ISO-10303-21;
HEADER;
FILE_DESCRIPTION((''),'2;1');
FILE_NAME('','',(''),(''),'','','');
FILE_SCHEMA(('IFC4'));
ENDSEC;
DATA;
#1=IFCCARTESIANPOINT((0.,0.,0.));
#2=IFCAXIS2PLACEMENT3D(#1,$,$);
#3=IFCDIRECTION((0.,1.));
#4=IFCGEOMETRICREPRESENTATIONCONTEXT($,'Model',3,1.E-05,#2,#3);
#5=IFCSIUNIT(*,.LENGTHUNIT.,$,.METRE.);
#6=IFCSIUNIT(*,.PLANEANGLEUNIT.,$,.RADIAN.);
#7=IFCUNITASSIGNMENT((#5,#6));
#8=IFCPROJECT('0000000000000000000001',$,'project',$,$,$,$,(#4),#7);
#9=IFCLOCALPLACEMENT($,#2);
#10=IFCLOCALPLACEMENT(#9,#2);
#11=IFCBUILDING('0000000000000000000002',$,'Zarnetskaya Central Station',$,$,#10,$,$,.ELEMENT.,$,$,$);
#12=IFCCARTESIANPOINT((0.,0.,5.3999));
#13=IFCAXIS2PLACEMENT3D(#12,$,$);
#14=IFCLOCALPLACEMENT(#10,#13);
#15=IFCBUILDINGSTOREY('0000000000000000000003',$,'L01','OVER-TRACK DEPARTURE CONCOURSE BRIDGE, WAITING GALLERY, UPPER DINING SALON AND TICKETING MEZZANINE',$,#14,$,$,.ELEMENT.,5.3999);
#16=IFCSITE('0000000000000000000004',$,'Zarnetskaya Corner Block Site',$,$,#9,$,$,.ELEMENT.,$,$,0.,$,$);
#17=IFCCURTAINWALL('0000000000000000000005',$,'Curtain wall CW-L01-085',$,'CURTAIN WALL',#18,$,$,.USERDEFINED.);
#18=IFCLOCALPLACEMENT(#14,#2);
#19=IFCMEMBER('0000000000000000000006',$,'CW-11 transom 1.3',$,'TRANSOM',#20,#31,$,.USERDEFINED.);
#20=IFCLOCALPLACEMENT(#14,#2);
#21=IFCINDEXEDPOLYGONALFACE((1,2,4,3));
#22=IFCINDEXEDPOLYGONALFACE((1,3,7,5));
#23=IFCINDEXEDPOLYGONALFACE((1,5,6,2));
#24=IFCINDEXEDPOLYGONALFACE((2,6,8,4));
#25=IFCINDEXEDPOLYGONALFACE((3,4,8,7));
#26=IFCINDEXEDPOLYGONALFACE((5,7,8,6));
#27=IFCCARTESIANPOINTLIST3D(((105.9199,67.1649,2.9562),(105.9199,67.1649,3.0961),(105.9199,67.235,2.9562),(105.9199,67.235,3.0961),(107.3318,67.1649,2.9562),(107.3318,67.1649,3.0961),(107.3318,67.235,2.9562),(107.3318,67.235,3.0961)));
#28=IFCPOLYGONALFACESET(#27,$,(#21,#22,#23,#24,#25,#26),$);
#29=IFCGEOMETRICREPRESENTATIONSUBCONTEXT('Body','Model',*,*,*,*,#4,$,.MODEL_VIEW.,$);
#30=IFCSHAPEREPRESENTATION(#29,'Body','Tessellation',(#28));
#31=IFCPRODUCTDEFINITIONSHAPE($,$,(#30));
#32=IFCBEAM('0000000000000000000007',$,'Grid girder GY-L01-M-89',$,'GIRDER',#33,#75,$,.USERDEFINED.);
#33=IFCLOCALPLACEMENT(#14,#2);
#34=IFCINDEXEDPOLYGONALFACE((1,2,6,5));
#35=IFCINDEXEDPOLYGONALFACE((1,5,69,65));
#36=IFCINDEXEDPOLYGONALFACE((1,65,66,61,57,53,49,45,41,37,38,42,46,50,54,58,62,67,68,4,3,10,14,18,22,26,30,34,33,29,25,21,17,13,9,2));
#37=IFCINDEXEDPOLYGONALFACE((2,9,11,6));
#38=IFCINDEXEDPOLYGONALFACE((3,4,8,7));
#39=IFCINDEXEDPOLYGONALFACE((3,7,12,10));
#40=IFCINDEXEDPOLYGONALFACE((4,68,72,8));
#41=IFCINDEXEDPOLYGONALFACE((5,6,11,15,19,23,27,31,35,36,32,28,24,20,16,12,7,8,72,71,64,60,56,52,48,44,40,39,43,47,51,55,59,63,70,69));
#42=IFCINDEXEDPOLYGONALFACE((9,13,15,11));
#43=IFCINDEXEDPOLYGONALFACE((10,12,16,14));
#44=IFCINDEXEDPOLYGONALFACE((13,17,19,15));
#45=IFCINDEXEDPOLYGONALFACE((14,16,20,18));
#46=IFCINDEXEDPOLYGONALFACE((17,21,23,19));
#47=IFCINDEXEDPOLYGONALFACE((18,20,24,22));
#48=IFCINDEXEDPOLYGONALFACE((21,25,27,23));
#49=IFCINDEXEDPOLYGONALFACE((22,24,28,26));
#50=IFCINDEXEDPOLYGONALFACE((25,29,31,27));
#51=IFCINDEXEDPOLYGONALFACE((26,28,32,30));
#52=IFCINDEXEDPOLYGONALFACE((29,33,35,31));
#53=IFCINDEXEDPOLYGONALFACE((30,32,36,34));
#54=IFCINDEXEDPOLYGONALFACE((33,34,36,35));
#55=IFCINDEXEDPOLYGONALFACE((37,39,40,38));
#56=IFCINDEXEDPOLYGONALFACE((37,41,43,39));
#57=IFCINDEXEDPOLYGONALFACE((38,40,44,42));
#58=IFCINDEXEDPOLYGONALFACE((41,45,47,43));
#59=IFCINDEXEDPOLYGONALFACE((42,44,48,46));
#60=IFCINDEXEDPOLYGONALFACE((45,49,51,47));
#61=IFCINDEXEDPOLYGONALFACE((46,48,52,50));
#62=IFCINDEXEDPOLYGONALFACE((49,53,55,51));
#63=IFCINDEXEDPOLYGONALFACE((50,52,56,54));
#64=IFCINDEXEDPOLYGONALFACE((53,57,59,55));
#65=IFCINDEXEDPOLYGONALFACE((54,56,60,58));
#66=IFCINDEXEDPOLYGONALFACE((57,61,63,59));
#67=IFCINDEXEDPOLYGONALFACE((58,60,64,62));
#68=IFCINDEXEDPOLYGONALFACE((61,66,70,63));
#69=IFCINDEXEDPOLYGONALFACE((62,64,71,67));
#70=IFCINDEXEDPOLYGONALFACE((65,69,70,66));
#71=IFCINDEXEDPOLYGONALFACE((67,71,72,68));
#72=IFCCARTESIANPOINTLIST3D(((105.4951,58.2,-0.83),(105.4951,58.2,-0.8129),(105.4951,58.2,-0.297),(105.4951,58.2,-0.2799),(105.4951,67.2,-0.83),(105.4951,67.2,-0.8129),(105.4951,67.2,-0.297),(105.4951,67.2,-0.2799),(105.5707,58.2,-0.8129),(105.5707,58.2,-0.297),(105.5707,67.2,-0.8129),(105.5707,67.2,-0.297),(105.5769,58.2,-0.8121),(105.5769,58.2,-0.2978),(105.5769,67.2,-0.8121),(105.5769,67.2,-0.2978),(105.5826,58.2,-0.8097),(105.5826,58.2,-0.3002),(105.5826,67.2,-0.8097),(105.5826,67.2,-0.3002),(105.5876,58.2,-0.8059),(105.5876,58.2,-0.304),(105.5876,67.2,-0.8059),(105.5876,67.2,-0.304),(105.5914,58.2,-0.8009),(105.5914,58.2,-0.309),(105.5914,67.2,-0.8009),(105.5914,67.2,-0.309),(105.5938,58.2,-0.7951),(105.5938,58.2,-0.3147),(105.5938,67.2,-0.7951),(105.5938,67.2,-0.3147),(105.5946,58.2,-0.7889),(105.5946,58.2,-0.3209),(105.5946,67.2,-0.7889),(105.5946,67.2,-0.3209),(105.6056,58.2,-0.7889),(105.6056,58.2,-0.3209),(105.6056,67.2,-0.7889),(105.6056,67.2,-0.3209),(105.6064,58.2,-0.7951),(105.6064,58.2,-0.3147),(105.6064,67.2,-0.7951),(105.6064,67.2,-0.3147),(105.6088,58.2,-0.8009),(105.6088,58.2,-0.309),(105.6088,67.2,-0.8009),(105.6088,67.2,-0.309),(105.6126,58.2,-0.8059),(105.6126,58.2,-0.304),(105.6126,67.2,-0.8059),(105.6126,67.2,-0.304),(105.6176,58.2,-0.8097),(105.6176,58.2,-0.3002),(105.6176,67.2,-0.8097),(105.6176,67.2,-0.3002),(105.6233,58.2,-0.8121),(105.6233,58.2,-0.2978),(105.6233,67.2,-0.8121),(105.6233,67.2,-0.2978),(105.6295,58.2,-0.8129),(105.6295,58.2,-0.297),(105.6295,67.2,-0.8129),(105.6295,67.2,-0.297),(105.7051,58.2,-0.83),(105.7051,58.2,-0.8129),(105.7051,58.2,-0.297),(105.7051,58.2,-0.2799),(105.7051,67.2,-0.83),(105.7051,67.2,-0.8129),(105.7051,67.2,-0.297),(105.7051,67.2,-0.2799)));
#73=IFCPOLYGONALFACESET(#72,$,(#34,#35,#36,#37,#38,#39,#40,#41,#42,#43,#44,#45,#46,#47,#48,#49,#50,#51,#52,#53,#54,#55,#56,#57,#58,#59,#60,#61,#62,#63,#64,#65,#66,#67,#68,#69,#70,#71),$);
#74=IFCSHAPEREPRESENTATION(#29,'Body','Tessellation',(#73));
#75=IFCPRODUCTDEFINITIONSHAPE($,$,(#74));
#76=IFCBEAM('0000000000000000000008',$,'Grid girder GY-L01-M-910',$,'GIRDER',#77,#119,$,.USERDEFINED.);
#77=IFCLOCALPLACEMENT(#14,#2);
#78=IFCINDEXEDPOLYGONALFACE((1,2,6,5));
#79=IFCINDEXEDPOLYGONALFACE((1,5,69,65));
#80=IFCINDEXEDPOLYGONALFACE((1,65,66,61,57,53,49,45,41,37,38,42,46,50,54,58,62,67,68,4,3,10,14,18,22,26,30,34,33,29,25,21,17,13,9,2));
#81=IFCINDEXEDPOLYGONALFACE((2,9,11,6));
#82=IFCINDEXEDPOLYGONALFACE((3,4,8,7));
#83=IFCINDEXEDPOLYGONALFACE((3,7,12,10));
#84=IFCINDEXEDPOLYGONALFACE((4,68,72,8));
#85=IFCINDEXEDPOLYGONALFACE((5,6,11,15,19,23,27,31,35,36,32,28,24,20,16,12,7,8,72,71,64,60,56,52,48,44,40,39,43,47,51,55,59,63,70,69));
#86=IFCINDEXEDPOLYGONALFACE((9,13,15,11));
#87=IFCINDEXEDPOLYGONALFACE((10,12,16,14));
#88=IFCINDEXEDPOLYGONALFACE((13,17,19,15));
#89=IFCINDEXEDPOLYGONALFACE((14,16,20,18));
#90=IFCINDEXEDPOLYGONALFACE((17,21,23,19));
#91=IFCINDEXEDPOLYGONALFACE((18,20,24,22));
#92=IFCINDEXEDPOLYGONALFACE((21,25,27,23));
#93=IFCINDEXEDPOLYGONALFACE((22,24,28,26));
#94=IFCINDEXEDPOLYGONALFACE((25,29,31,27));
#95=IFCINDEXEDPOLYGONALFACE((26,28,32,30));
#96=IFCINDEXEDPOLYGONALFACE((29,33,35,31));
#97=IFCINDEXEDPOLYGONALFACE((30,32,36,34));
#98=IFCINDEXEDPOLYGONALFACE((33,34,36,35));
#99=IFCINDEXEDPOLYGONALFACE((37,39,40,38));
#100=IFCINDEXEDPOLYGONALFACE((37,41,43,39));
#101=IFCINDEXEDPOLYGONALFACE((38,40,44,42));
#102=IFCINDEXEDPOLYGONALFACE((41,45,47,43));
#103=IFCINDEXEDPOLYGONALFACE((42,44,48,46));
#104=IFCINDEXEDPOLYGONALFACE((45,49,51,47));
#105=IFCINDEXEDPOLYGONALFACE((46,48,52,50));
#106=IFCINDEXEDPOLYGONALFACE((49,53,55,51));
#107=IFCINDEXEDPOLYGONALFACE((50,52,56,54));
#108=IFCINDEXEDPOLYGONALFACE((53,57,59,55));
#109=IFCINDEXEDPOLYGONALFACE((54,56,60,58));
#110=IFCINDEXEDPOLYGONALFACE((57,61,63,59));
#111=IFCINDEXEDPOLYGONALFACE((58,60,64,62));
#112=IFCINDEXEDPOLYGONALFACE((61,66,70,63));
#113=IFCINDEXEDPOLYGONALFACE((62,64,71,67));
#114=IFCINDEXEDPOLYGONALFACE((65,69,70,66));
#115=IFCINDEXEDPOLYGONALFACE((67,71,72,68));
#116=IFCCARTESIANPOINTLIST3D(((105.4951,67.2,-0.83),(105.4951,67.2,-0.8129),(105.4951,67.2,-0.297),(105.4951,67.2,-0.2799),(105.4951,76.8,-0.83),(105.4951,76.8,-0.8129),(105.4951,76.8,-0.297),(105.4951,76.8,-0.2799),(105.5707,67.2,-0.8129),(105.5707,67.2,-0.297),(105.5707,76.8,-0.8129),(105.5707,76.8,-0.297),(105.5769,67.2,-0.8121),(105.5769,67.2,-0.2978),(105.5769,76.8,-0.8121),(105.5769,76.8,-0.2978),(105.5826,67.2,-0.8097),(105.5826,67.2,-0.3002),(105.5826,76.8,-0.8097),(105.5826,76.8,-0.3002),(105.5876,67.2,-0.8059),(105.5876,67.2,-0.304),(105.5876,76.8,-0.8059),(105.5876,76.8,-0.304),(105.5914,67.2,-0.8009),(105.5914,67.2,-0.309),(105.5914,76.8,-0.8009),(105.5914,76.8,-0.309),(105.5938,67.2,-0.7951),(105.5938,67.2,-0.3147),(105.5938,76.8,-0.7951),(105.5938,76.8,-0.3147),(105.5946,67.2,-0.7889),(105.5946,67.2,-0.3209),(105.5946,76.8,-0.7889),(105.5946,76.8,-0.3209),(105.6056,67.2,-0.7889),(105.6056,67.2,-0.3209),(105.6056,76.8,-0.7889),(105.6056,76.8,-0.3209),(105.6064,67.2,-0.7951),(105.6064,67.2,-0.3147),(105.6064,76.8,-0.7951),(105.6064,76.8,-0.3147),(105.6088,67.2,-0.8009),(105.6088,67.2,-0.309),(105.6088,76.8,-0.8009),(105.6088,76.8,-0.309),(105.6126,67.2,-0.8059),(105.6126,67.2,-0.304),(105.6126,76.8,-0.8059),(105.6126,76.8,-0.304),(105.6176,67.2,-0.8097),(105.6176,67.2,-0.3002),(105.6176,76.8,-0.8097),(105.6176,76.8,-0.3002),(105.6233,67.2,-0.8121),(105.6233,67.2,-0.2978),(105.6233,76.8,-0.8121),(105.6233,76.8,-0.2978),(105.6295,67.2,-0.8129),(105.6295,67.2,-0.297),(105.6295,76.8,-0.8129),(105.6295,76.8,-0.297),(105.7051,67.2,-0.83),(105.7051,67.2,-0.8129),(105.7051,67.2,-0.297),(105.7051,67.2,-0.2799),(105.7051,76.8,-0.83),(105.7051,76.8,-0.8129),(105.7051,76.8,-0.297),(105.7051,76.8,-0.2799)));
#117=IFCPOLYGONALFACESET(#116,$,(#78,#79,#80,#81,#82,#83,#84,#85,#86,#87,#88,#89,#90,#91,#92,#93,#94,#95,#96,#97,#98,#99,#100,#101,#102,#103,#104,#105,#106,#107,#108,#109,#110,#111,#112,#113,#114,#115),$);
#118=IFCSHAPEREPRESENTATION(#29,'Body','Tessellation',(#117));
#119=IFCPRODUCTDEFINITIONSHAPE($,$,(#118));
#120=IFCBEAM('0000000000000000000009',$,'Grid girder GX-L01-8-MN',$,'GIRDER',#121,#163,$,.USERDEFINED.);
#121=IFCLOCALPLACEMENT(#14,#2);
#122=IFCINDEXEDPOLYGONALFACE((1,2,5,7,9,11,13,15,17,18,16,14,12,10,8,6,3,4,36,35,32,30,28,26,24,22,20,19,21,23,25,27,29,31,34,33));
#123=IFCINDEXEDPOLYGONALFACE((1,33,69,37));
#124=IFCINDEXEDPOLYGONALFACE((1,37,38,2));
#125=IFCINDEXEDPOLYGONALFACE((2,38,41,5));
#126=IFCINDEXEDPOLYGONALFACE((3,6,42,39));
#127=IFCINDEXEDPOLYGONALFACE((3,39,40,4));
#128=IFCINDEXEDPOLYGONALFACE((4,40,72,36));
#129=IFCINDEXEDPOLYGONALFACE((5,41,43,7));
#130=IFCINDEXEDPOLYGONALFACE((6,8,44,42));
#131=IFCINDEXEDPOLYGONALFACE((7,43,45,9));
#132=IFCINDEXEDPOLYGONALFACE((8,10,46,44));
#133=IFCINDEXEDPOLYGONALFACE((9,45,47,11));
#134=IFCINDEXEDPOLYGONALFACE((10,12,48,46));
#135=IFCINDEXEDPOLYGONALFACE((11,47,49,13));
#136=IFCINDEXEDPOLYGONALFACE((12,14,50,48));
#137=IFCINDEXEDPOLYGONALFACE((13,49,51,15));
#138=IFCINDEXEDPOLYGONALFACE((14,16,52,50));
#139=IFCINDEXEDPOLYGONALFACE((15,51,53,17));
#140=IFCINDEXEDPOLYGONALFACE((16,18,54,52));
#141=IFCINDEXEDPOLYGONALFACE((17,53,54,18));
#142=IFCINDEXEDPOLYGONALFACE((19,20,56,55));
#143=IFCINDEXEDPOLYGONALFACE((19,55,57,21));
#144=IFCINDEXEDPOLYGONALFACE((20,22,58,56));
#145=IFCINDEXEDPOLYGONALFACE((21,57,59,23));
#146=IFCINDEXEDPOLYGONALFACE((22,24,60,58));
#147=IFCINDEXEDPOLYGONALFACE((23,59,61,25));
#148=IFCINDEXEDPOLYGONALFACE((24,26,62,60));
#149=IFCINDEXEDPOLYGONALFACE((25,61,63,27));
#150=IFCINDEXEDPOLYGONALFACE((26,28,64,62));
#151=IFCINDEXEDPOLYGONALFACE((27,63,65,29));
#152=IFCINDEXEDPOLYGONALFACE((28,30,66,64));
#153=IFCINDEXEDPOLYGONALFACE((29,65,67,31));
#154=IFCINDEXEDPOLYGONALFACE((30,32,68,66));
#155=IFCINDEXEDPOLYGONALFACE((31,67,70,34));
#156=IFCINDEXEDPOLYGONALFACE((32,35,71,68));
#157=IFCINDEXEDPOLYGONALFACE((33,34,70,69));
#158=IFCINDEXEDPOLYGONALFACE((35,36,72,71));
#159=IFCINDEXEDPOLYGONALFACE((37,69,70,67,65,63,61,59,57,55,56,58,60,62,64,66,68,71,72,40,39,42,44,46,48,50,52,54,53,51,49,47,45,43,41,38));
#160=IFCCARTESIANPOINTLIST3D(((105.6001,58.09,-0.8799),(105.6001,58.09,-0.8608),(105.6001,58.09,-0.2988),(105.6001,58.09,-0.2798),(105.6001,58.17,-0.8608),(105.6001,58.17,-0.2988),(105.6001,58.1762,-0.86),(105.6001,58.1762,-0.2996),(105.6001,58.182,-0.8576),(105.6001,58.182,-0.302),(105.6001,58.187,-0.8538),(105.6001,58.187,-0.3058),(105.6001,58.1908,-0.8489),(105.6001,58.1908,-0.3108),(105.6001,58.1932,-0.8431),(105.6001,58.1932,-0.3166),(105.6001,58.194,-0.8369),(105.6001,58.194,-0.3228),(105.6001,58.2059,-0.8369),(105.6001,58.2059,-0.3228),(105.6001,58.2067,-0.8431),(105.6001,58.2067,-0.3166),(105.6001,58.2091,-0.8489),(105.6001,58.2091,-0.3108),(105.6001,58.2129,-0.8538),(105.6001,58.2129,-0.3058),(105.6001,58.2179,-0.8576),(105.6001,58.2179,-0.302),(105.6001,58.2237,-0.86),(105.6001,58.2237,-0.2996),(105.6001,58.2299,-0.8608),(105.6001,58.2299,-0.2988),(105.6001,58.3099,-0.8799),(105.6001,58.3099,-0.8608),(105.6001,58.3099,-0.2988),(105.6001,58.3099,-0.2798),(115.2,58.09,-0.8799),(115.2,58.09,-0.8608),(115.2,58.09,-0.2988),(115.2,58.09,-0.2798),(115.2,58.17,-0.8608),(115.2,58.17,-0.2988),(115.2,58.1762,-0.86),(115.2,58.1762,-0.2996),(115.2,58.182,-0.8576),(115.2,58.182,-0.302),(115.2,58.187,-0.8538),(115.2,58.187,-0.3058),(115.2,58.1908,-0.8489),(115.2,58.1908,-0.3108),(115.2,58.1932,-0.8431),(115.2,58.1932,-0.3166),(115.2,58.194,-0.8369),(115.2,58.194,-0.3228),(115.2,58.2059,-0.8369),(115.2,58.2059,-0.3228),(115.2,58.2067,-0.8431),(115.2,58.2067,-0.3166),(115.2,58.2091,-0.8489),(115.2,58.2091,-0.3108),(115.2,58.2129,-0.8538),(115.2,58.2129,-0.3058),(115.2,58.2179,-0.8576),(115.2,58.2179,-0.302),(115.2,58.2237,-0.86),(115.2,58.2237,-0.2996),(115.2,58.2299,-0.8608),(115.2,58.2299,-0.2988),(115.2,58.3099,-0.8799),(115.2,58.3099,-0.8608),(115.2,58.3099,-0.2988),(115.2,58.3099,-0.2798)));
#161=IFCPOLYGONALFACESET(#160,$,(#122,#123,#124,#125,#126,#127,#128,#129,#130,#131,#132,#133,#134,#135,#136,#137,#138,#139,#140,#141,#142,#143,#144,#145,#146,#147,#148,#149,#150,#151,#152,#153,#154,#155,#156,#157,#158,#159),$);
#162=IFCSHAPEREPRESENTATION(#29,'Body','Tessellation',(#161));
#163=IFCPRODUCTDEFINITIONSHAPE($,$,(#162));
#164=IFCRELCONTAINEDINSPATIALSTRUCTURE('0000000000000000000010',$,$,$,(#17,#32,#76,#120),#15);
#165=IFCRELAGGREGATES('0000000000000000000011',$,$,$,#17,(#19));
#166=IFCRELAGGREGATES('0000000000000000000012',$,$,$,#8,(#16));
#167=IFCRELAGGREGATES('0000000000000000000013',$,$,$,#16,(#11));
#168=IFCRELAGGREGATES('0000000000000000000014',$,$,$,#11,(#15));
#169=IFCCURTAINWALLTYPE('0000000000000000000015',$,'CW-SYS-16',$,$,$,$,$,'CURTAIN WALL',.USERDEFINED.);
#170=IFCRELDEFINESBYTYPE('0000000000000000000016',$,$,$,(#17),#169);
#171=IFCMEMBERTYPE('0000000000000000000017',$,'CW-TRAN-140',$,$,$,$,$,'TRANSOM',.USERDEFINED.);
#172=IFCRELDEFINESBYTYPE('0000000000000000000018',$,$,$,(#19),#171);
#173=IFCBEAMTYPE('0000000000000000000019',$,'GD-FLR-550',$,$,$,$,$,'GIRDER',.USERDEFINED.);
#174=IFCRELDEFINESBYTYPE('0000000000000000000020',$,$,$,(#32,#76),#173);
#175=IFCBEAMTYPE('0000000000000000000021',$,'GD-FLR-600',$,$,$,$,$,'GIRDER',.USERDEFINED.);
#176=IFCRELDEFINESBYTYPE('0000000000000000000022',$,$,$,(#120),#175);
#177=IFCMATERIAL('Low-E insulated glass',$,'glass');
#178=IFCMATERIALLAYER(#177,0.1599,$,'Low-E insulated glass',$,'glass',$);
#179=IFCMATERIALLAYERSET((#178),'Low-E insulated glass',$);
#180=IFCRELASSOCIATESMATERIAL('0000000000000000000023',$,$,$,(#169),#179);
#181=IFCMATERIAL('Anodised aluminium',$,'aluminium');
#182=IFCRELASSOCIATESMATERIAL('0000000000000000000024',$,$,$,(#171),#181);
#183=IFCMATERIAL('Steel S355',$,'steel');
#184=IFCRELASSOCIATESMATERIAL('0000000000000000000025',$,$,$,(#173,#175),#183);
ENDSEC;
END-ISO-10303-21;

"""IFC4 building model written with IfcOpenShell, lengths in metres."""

from ifc_helpers import new_model, si_unit, direction, frame, origin, origin_2d, place, context, subcontext, project, spatial, rectangle, i_section, extrude, material, layer, layer_set, material_profile, profile_set, type_object, element, aggregate, save


model = new_model("IFC4")

# Units and contexts
model_context = context("Model", 3, precision=1e-05, world=origin(), true_north=direction((0.0, 1.0)))
body_context = subcontext(model_context, "Body", "Model", "MODEL_VIEW")
ifc_project = project(units=[si_unit("LENGTHUNIT", "METRE"), si_unit("PLANEANGLEUNIT", "RADIAN")], contexts=[model_context])

# Site, building, storey
site_placement = place(None, origin())
site = spatial("IfcSite", under=ifc_project, at=site_placement, Name="Zarnetskaya Corner Block Site", CompositionType="ELEMENT", RefElevation=0.0)
building_placement = place(site_placement, origin())
building = spatial("IfcBuilding", under=site, at=building_placement, Name="Zarnetskaya Central Station", CompositionType="ELEMENT")
storey_placement = place(building_placement, frame((0.0, 0.0, 5.3999)))
storey = spatial("IfcBuildingStorey", under=building, at=storey_placement, Name="L01", Description="OVER-TRACK DEPARTURE CONCOURSE BRIDGE, WAITING GALLERY, UPPER DINING SALON AND TICKETING MEZZANINE", CompositionType="ELEMENT", Elevation=5.3999)

# Shared definitions
ifc_material_1 = material(Name="Steel S355", Category="steel")

# Shared definitions
ifc_material_2 = material(Name="Low-E insulated glass", Category="glass")
ifc_material_3 = material(Name="Anodised aluminium", Category="aluminium")

# Curtain wall
ifc_layer_1 = layer(ifc_material_2, 0.1599, Name="Low-E insulated glass", Category="glass")
ifc_layer_set_1 = layer_set([ifc_layer_1], Name="Low-E insulated glass")
curtain_wall_type_1 = type_object("IfcCurtainWallType", Name="CW-SYS-16", ElementType="CURTAIN WALL", PredefinedType="USERDEFINED", material=ifc_layer_set_1)
curtain_wall_1_placement = place(storey_placement, origin())
curtain_wall_1 = element("IfcCurtainWall", 1, at=curtain_wall_1_placement, inside=storey, type_object=curtain_wall_type_1, Name="Curtain wall CW-L01-085", ObjectType="CURTAIN WALL", PredefinedType="USERDEFINED")

# Member
ifc_material_profile_1 = material_profile(ifc_material_3, rectangle(XDim=0.0701, YDim=0.1399, at=origin_2d()), Name="ALU TRAN 70x140")
ifc_profile_set_1 = profile_set([ifc_material_profile_1], Name="Anodised aluminium")
member_type_1 = type_object("IfcMemberType", Name="CW-TRAN-140", ElementType="TRANSOM", PredefinedType="USERDEFINED", material=ifc_profile_set_1)
member_1_placement = place(storey_placement, frame((105.9199, 67.2, 3.0261), z_axis=(1.0, 0.0, 0.0), x_axis=(0.0, 1.0, 0.0)))
member_1 = element("IfcMember", 2, at=member_1_placement, type_object=member_type_1, Name="CW-11 transom 1.3", ObjectType="TRANSOM", PredefinedType="USERDEFINED", context=body_context, shape_type="SweptSolid", body=[
    extrude(rectangle(XDim=0.0701, YDim=0.1399, at=origin_2d()), origin(), (0.0, 0.0, 1.0), 1.4119),
])
aggregate(curtain_wall_1, [member_1])

# Beams
ifc_material_profile_2 = material_profile(ifc_material_1, i_section(OverallWidth=0.21, OverallDepth=0.55, WebThickness=0.011, FlangeThickness=0.0171, FilletRadius=0.0239, at=origin_2d()), Name="IPE 550")
ifc_profile_set_2 = profile_set([ifc_material_profile_2], Name="Steel S355")
beam_type_1 = type_object("IfcBeamType", Name="GD-FLR-550", ElementType="GIRDER", PredefinedType="USERDEFINED", material=ifc_profile_set_2)
beam_1_placement = place(storey_placement, frame((105.6001, 58.2, -0.5549), z_axis=(0.0, 1.0, 0.0), x_axis=(-1.0, 0.0, 0.0)))
element("IfcBeam", 3, at=beam_1_placement, inside=storey, type_object=beam_type_1, Name="Grid girder GY-L01-M-89", ObjectType="GIRDER", PredefinedType="USERDEFINED", context=body_context, shape_type="SweptSolid", body=[
    extrude(i_section(OverallWidth=0.21, OverallDepth=0.55, WebThickness=0.011, FlangeThickness=0.0171, FilletRadius=0.0239, at=origin_2d()), origin(), (0.0, 0.0, 1.0), 9.0),
])
beam_2_placement = place(storey_placement, frame((105.6001, 67.2, -0.5549), z_axis=(0.0, 1.0, 0.0), x_axis=(-1.0, 0.0, 0.0)))
element("IfcBeam", 4, at=beam_2_placement, inside=storey, type_object=beam_type_1, Name="Grid girder GY-L01-M-910", ObjectType="GIRDER", PredefinedType="USERDEFINED", context=body_context, shape_type="SweptSolid", body=[
    extrude(i_section(OverallWidth=0.21, OverallDepth=0.55, WebThickness=0.011, FlangeThickness=0.0171, FilletRadius=0.0239, at=origin_2d()), origin(), (0.0, 0.0, 1.0), 9.6001),
])
ifc_material_profile_3 = material_profile(ifc_material_1, i_section(OverallWidth=0.22, OverallDepth=0.6001, WebThickness=0.012, FlangeThickness=0.019, FilletRadius=0.0239, at=origin_2d()), Name="IPE 600")
ifc_profile_set_3 = profile_set([ifc_material_profile_3], Name="Steel S355")
beam_type_2 = type_object("IfcBeamType", Name="GD-FLR-600", ElementType="GIRDER", PredefinedType="USERDEFINED", material=ifc_profile_set_3)
for number, where, z_axis, x_axis, name in (
    (5, (105.6001, 58.2, -0.5798), (1.0, 0.0, 0.0), (0.0, 1.0, 0.0), "Grid girder GX-L01-8-MN"),
):
    element("IfcBeam", number, at=place(storey_placement, frame(where, z_axis=z_axis, x_axis=x_axis)), inside=storey, type_object=beam_type_2, Name=name, ObjectType="GIRDER", PredefinedType="USERDEFINED", context=body_context, shape_type="SweptSolid", body=[
        extrude(i_section(OverallWidth=0.22, OverallDepth=0.6001, WebThickness=0.012, FlangeThickness=0.019, FilletRadius=0.0239, at=origin_2d()), origin(), (0.0, 0.0, 1.0), 9.5999),
    ])

save(model, "model.ifc")
